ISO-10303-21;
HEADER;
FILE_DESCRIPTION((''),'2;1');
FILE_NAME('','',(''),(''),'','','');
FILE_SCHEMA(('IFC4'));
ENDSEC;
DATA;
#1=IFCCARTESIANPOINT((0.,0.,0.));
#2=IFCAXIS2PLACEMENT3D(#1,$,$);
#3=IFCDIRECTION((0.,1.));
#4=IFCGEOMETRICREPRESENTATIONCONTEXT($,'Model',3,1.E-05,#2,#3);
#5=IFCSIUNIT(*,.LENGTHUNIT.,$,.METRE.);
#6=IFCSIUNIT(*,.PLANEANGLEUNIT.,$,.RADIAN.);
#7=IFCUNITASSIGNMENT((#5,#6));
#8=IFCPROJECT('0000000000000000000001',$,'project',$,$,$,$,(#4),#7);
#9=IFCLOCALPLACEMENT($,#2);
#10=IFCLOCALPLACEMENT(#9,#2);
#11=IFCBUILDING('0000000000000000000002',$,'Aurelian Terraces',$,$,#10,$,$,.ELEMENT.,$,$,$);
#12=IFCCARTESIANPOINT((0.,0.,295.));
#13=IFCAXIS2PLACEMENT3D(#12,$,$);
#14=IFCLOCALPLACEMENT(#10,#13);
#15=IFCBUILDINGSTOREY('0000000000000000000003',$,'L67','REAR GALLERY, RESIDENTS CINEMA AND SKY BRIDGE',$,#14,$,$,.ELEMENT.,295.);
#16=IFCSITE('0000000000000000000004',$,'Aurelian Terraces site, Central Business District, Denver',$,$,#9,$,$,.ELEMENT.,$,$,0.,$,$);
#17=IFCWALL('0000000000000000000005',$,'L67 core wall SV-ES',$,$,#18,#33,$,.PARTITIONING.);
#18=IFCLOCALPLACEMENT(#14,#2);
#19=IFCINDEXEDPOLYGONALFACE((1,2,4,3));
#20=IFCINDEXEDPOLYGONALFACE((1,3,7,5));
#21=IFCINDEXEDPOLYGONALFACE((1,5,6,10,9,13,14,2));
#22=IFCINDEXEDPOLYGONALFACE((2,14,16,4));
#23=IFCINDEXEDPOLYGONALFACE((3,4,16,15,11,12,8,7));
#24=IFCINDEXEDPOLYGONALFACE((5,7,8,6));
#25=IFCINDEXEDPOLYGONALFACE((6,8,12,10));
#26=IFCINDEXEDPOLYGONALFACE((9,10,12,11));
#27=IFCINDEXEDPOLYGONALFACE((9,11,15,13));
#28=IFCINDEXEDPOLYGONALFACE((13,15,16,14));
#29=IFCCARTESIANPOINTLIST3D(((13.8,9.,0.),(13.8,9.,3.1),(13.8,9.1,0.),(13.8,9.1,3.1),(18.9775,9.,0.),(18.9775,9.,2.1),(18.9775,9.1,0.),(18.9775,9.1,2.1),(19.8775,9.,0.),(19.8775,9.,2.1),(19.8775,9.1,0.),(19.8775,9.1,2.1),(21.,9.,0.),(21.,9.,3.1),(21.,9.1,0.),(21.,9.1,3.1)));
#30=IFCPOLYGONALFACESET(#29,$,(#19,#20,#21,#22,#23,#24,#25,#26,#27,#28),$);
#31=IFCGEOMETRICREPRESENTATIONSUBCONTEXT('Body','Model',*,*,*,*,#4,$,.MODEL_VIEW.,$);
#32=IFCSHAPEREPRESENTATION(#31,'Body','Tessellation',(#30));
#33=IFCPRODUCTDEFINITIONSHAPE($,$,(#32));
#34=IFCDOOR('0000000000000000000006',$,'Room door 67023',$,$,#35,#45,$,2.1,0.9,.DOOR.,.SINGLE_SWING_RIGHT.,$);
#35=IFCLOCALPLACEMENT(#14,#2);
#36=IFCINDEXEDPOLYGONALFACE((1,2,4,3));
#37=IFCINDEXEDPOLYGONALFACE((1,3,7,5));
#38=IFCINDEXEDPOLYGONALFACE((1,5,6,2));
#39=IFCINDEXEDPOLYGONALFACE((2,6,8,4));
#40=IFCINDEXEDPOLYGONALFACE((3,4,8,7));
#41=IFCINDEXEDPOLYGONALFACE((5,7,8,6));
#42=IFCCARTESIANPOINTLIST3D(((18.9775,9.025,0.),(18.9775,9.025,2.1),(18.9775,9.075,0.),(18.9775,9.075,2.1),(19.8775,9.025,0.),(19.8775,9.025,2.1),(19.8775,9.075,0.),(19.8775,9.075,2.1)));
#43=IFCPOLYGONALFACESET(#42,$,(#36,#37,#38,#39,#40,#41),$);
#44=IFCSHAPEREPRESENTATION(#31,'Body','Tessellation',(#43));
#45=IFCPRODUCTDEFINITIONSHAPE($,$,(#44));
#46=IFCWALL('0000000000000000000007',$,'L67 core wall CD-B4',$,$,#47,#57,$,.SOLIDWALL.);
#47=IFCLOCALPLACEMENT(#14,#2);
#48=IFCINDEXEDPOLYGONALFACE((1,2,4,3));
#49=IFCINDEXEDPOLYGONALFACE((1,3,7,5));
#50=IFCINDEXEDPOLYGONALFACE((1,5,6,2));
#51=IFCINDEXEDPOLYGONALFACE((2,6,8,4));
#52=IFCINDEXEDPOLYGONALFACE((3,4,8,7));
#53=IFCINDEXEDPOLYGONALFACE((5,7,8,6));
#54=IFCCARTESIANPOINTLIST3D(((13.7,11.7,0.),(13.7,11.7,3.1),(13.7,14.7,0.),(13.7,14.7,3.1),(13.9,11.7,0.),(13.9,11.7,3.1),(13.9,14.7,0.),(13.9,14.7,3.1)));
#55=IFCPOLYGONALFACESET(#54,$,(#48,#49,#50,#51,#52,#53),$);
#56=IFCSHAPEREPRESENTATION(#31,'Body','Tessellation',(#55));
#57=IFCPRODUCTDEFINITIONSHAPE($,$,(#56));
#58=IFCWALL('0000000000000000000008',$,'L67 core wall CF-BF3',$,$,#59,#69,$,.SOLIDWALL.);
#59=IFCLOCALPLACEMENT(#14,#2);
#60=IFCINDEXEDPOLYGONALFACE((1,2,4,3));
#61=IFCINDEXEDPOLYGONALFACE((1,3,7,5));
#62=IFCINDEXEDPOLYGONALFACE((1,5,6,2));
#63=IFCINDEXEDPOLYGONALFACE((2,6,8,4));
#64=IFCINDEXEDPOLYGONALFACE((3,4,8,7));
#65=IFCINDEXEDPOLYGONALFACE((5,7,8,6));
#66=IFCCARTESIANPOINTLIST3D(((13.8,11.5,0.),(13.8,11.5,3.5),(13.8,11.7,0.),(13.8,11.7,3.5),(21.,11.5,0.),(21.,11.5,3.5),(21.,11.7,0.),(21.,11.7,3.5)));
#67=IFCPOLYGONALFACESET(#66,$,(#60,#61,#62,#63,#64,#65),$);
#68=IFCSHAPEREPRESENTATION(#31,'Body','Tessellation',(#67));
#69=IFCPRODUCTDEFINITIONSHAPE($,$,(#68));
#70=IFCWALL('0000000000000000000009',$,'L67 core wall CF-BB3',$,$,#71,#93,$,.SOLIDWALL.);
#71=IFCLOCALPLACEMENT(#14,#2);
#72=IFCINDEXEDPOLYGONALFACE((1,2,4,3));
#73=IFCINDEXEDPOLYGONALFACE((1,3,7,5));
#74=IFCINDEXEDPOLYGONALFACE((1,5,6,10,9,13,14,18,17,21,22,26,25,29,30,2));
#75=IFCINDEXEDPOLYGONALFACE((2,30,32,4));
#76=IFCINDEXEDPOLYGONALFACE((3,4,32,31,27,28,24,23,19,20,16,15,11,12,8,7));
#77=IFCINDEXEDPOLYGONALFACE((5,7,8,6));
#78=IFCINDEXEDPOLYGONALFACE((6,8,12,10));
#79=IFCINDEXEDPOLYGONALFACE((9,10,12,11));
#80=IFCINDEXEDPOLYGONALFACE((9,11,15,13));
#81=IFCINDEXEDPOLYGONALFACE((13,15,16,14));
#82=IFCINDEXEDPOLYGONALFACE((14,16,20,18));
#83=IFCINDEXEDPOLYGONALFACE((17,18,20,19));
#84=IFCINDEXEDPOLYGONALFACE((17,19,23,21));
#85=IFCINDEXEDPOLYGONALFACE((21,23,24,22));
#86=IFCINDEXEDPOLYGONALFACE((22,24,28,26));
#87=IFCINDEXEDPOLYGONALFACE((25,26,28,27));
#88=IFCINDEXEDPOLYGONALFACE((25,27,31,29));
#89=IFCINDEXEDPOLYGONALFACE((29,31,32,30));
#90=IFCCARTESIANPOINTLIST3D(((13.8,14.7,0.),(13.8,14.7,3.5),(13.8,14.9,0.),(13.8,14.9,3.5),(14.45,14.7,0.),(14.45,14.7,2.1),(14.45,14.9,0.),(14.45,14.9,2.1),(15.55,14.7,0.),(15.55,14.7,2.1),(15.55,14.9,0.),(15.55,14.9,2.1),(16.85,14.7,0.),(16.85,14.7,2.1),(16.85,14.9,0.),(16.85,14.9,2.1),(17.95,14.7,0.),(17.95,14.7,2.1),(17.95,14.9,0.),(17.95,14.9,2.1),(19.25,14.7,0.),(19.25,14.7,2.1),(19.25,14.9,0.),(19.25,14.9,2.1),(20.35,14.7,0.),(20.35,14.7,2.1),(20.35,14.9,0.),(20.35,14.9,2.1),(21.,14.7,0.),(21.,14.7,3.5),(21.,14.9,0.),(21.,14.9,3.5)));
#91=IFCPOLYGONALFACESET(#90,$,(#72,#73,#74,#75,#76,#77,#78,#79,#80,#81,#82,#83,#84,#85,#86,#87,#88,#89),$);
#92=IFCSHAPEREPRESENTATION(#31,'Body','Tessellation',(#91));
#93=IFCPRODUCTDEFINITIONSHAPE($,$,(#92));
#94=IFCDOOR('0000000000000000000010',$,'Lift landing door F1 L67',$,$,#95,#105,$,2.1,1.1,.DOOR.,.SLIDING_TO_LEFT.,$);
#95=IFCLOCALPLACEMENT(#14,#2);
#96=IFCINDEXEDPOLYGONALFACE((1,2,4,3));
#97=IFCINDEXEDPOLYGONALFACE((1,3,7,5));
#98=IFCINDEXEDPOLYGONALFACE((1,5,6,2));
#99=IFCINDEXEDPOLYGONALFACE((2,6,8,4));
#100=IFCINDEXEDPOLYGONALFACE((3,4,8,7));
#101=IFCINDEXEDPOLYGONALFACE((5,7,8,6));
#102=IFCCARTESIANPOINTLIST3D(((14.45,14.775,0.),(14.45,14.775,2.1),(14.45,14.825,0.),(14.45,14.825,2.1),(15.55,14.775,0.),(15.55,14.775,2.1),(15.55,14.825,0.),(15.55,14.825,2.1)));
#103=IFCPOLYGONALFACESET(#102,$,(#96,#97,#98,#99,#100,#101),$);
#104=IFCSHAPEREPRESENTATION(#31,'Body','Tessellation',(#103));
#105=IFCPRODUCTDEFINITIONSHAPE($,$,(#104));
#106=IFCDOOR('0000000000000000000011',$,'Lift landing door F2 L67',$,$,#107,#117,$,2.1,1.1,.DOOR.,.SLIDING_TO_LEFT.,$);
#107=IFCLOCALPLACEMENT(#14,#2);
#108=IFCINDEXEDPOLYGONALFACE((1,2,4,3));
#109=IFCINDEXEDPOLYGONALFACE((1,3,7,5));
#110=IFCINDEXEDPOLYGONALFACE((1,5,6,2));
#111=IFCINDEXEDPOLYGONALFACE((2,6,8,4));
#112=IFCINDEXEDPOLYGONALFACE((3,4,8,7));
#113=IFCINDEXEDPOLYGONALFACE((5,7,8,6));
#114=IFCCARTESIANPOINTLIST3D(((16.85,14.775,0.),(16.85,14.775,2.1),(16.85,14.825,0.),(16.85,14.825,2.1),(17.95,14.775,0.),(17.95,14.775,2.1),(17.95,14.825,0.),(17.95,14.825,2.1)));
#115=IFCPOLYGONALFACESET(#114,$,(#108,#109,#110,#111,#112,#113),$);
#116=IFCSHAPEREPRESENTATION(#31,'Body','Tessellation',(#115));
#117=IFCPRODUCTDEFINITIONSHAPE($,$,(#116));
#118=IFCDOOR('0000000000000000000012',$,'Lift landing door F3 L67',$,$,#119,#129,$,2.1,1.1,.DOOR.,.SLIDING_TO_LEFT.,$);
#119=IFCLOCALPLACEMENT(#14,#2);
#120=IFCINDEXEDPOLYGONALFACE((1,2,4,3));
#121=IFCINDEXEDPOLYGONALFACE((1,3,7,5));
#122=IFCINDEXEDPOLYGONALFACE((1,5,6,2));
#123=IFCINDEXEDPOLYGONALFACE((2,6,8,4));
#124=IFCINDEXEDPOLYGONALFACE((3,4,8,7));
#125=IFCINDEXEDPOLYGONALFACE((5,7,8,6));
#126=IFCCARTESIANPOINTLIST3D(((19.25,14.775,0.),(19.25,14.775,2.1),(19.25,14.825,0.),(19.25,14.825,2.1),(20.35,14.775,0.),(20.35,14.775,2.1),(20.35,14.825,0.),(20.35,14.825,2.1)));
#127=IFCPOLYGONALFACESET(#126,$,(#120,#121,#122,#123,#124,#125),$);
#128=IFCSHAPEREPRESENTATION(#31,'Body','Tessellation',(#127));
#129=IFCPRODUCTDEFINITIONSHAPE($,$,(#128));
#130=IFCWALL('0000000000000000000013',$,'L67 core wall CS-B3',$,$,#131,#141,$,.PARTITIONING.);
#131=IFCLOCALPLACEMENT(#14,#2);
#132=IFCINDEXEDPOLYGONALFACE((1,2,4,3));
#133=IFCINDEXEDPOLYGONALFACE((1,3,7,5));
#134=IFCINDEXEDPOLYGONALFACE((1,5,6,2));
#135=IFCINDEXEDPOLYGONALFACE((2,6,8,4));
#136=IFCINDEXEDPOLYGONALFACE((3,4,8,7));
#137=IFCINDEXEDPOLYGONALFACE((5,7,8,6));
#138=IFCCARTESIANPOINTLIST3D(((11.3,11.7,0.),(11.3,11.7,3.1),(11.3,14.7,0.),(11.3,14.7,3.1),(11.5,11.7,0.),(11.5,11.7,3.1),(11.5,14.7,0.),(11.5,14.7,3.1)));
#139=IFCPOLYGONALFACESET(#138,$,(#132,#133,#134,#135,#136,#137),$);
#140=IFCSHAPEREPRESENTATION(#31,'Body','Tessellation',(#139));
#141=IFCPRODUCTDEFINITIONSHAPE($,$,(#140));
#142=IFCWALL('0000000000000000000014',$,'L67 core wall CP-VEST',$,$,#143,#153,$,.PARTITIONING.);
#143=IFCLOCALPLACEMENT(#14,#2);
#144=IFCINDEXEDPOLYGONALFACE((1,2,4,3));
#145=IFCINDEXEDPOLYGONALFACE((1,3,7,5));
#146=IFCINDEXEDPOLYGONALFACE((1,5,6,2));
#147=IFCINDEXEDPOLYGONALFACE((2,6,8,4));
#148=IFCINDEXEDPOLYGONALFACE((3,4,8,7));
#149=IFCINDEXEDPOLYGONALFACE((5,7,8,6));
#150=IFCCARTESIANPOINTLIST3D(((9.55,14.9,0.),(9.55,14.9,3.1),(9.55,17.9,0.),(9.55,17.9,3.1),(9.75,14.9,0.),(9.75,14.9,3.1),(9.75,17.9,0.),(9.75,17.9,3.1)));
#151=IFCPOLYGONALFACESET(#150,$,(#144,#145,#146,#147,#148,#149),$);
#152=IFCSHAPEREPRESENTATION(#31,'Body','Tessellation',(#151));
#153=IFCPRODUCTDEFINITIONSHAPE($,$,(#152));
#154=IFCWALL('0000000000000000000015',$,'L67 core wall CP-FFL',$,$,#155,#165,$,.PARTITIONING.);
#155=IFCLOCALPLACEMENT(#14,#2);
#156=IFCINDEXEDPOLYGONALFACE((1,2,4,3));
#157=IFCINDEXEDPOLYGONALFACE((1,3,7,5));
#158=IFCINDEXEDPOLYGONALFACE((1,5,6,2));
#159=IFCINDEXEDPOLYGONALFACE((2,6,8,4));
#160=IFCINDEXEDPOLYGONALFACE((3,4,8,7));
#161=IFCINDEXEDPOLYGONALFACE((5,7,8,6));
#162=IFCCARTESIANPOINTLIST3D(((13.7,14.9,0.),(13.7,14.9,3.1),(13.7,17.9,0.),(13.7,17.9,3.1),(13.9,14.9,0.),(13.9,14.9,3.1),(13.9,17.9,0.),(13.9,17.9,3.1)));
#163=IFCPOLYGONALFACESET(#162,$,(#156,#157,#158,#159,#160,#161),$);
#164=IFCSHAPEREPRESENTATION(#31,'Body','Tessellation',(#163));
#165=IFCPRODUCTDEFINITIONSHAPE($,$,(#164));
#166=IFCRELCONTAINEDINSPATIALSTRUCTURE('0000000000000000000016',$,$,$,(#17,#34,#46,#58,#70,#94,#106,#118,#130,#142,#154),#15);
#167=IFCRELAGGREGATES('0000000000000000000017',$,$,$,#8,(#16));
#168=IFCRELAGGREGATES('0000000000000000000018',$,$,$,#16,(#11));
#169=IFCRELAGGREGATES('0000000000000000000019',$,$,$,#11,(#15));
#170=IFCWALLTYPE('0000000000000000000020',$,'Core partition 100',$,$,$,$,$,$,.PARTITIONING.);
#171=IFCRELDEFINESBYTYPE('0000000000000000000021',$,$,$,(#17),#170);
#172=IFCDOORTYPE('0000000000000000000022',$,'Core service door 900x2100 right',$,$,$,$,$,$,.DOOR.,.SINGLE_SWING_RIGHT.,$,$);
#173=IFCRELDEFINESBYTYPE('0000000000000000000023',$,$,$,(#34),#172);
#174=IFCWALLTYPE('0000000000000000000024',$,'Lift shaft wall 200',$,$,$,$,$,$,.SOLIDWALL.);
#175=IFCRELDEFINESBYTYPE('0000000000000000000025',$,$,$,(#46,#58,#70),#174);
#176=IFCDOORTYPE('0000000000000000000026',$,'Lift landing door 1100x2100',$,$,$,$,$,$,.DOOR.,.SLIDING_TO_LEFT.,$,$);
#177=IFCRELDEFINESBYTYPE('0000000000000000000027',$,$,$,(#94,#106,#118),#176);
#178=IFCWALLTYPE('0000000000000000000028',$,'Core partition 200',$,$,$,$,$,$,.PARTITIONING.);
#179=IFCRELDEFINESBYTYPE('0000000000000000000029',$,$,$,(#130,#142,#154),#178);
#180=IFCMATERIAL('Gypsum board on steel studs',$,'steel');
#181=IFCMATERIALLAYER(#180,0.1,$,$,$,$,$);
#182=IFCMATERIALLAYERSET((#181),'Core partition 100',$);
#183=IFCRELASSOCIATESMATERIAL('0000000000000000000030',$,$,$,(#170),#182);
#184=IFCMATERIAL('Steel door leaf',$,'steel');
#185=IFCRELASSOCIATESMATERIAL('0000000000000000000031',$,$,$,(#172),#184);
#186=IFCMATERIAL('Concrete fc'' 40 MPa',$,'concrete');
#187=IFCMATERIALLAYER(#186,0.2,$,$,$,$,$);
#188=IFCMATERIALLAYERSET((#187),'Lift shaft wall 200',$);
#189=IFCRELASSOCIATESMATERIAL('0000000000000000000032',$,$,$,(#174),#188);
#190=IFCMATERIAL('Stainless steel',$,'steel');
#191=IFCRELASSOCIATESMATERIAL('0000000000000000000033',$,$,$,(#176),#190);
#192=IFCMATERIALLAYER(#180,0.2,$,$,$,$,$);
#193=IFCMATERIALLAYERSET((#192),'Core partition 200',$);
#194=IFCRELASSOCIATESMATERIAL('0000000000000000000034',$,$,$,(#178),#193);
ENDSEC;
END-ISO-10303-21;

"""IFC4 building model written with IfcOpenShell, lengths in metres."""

from ifc_helpers import new_model, si_unit, direction, frame, frame_2d, origin, place, context, subcontext, project, spatial, rectangle, extrude, source, transform, mapped, material, layer, layer_set, type_object, element, fill, save


model = new_model("IFC4")

# Units and contexts
model_context = context("Model", 3, precision=1e-05, world=origin(), true_north=direction((0.0, 1.0)))
body_context = subcontext(model_context, "Body", "Model", "MODEL_VIEW")
ifc_project = project(units=[si_unit("LENGTHUNIT", "METRE"), si_unit("PLANEANGLEUNIT", "RADIAN")], contexts=[model_context])

# Site, building, storey
site_placement = place(None, origin())
site = spatial("IfcSite", under=ifc_project, at=site_placement, Name="Aurelian Terraces site, Central Business District, Denver", CompositionType="ELEMENT", RefElevation=0.0)
building_placement = place(site_placement, origin())
building = spatial("IfcBuilding", under=site, at=building_placement, Name="Aurelian Terraces", CompositionType="ELEMENT")
storey_placement = place(building_placement, frame((0.0, 0.0, 295.0)))
storey = spatial("IfcBuildingStorey", under=building, at=storey_placement, Name="L67", Description="REAR GALLERY, RESIDENTS CINEMA AND SKY BRIDGE", CompositionType="ELEMENT", Elevation=295.0)

# Wall, opening, door
ifc_material_1 = material(Name="Gypsum board on steel studs", Category="steel")
ifc_layer_1 = layer(ifc_material_1, 0.1)
ifc_layer_set_1 = layer_set([ifc_layer_1], Name="Core partition 100")
wall_type_1 = type_object("IfcWallType", Name="Core partition 100", PredefinedType="PARTITIONING", material=ifc_layer_set_1)
wall_1_placement = place(storey_placement, frame((13.8, 9.05, 0.0), z_axis=(0.0, 0.0, 1.0), x_axis=(1.0, 0.0, 0.0)))
wall_1 = element("IfcWall", 1, at=wall_1_placement, inside=storey, type_object=wall_type_1, Name="L67 core wall SV-ES", PredefinedType="PARTITIONING", context=body_context, shape_type="SweptSolid", body=[
    extrude(rectangle(XDim=7.2, YDim=0.1, at=frame_2d((3.6, 0.0))), origin(), (0.0, 0.0, 1.0), 3.1),
])
shared_shape_1 = source(origin(), body_context, "Body", "SweptSolid", [
    extrude(rectangle(XDim=0.9, YDim=2.1, at=frame_2d((0.45, 1.05))), frame((0.0, 0.06, 0.0), z_axis=(0.0, -1.0, 0.0), x_axis=(1.0, 0.0, 0.0)), (0.0, 0.0, 1.0), 0.12),
])
opening_1_placement = place(wall_1_placement, frame((5.1775, 0.0, 0.0)))
opening_1 = element("IfcOpeningElement", 2, at=opening_1_placement, cuts=wall_1, PredefinedType="OPENING", context=body_context, shape_type="MappedRepresentation", body=[
    mapped(shared_shape_1, transform((0.0, 0.0, 0.0), scale=1.0)),
])
ifc_material_2 = material(Name="Steel door leaf", Category="steel")
door_type_1 = type_object("IfcDoorType", Name="Core service door 900x2100 right", OperationType="SINGLE_SWING_RIGHT", PredefinedType="DOOR", material=ifc_material_2)
shared_shape_2 = source(origin(), body_context, "Body", "SweptSolid", [
    extrude(rectangle(XDim=0.9, YDim=2.1, at=frame_2d((0.45, 1.05))), frame((0.0, 0.025, 0.0), z_axis=(0.0, -1.0, 0.0), x_axis=(1.0, 0.0, 0.0)), (0.0, 0.0, 1.0), 0.05),
])
door_1_placement = place(opening_1_placement, origin())
door_1 = element("IfcDoor", 3, at=door_1_placement, inside=storey, type_object=door_type_1, Name="Room door 67023", OperationType="SINGLE_SWING_RIGHT", OverallHeight=2.1, OverallWidth=0.9, PredefinedType="DOOR", context=body_context, shape_type="MappedRepresentation", body=[
    mapped(shared_shape_2, transform((0.0, 0.0, 0.0), scale=1.0)),
])
fill(opening_1, door_1)

# Walls
ifc_material_3 = material(Name="Concrete fc' 40 MPa", Category="concrete")
ifc_layer_2 = layer(ifc_material_3, 0.2)
ifc_layer_set_2 = layer_set([ifc_layer_2], Name="Lift shaft wall 200")
wall_type_2 = type_object("IfcWallType", Name="Lift shaft wall 200", PredefinedType="SOLIDWALL", material=ifc_layer_set_2)
shared_shape_3 = source(origin(), body_context, "Body", "SweptSolid", [
    extrude(rectangle(XDim=3.0, YDim=0.2, at=frame_2d((1.5, 0.0))), origin(), (0.0, 0.0, 1.0), 3.1),
])
wall_2_placement = place(storey_placement, frame((13.8, 11.7, 0.0), z_axis=(0.0, 0.0, 1.0), x_axis=(0.0, 1.0, 0.0)))
element("IfcWall", 4, at=wall_2_placement, inside=storey, type_object=wall_type_2, Name="L67 core wall CD-B4", PredefinedType="SOLIDWALL", context=body_context, shape_type="MappedRepresentation", body=[
    mapped(shared_shape_3, transform((0.0, 0.0, 0.0), scale=1.0)),
])
shared_shape_4 = source(origin(), body_context, "Body", "SweptSolid", [
    extrude(rectangle(XDim=7.2, YDim=0.2, at=frame_2d((3.6, 0.0))), origin(), (0.0, 0.0, 1.0), 3.5),
])
wall_3_placement = place(storey_placement, frame((13.8, 11.6, 0.0), z_axis=(0.0, 0.0, 1.0), x_axis=(1.0, 0.0, 0.0)))
element("IfcWall", 5, at=wall_3_placement, inside=storey, type_object=wall_type_2, Name="L67 core wall CF-BF3", PredefinedType="SOLIDWALL", context=body_context, shape_type="MappedRepresentation", body=[
    mapped(shared_shape_4, transform((0.0, 0.0, 0.0), scale=1.0)),
])

# Wall, openings, doors
wall_4_placement = place(storey_placement, frame((13.8, 14.8, 0.0), z_axis=(0.0, 0.0, 1.0), x_axis=(1.0, 0.0, 0.0)))
wall_4 = element("IfcWall", 6, at=wall_4_placement, inside=storey, type_object=wall_type_2, Name="L67 core wall CF-BB3", PredefinedType="SOLIDWALL", context=body_context, shape_type="MappedRepresentation", body=[
    mapped(shared_shape_4, transform((0.0, 0.0, 0.0), scale=1.0)),
])
shared_shape_5 = source(origin(), body_context, "Body", "SweptSolid", [
    extrude(rectangle(XDim=1.1, YDim=2.1, at=frame_2d((0.55, 1.05))), frame((0.0, 0.11, 0.0), z_axis=(0.0, -1.0, 0.0), x_axis=(1.0, 0.0, 0.0)), (0.0, 0.0, 1.0), 0.22),
])
opening_2_placement = place(wall_4_placement, frame((0.65, 0.0, 0.0)))
opening_2 = element("IfcOpeningElement", 7, at=opening_2_placement, cuts=wall_4, PredefinedType="OPENING", context=body_context, shape_type="MappedRepresentation", body=[
    mapped(shared_shape_5, transform((0.0, 0.0, 0.0), scale=1.0)),
])
opening_3_placement = place(wall_4_placement, frame((3.05, 0.0, 0.0)))
opening_3 = element("IfcOpeningElement", 8, at=opening_3_placement, cuts=wall_4, PredefinedType="OPENING", context=body_context, shape_type="MappedRepresentation", body=[
    mapped(shared_shape_5, transform((0.0, 0.0, 0.0), scale=1.0)),
])
opening_4_placement = place(wall_4_placement, frame((5.45, 0.0, 0.0)))
opening_4 = element("IfcOpeningElement", 9, at=opening_4_placement, cuts=wall_4, PredefinedType="OPENING", context=body_context, shape_type="MappedRepresentation", body=[
    mapped(shared_shape_5, transform((0.0, 0.0, 0.0), scale=1.0)),
])
ifc_material_4 = material(Name="Stainless steel", Category="steel")
door_type_2 = type_object("IfcDoorType", Name="Lift landing door 1100x2100", OperationType="SLIDING_TO_LEFT", PredefinedType="DOOR", material=ifc_material_4)
shared_shape_6 = source(origin(), body_context, "Body", "SweptSolid", [
    extrude(rectangle(XDim=1.1, YDim=2.1, at=frame_2d((0.55, 1.05))), frame((0.0, 0.025, 0.0), z_axis=(0.0, -1.0, 0.0), x_axis=(1.0, 0.0, 0.0)), (0.0, 0.0, 1.0), 0.05),
])
door_2_placement = place(opening_2_placement, origin())
door_2 = element("IfcDoor", 10, at=door_2_placement, inside=storey, type_object=door_type_2, Name="Lift landing door F1 L67", OperationType="SLIDING_TO_LEFT", OverallHeight=2.1, OverallWidth=1.1, PredefinedType="DOOR", context=body_context, shape_type="MappedRepresentation", body=[
    mapped(shared_shape_6, transform((0.0, 0.0, 0.0), scale=1.0)),
])
fill(opening_2, door_2)
door_3_placement = place(opening_3_placement, origin())
door_3 = element("IfcDoor", 11, at=door_3_placement, inside=storey, type_object=door_type_2, Name="Lift landing door F2 L67", OperationType="SLIDING_TO_LEFT", OverallHeight=2.1, OverallWidth=1.1, PredefinedType="DOOR", context=body_context, shape_type="MappedRepresentation", body=[
    mapped(shared_shape_6, transform((0.0, 0.0, 0.0), scale=1.0)),
])
fill(opening_3, door_3)
door_4_placement = place(opening_4_placement, origin())
door_4 = element("IfcDoor", 12, at=door_4_placement, inside=storey, type_object=door_type_2, Name="Lift landing door F3 L67", OperationType="SLIDING_TO_LEFT", OverallHeight=2.1, OverallWidth=1.1, PredefinedType="DOOR", context=body_context, shape_type="MappedRepresentation", body=[
    mapped(shared_shape_6, transform((0.0, 0.0, 0.0), scale=1.0)),
])
fill(opening_4, door_4)

# Walls
ifc_layer_3 = layer(ifc_material_1, 0.2)
ifc_layer_set_3 = layer_set([ifc_layer_3], Name="Core partition 200")
wall_type_3 = type_object("IfcWallType", Name="Core partition 200", PredefinedType="PARTITIONING", material=ifc_layer_set_3)
shared_shape_7 = source(origin(), body_context, "Body", "SweptSolid", [
    extrude(rectangle(XDim=3.0, YDim=0.2, at=frame_2d((1.5, 0.0))), origin(), (0.0, 0.0, 1.0), 3.1),
])
for number, where, z_axis, x_axis, name in (
    (13, (11.4, 11.7, 0.0), (0.0, 0.0, 1.0), (0.0, 1.0, 0.0), "L67 core wall CS-B3"),
    (14, (9.65, 14.9, 0.0), (0.0, 0.0, 1.0), (0.0, 1.0, 0.0), "L67 core wall CP-VEST"),
    (15, (13.8, 14.9, 0.0), (0.0, 0.0, 1.0), (0.0, 1.0, 0.0), "L67 core wall CP-FFL"),
):
    element("IfcWall", number, at=place(storey_placement, frame(where, z_axis=z_axis, x_axis=x_axis)), inside=storey, type_object=wall_type_3, Name=name, PredefinedType="PARTITIONING", context=body_context, shape_type="MappedRepresentation", body=[
        mapped(shared_shape_7, transform((0.0, 0.0, 0.0), scale=1.0)),
    ])

save(model, "model.ifc")
